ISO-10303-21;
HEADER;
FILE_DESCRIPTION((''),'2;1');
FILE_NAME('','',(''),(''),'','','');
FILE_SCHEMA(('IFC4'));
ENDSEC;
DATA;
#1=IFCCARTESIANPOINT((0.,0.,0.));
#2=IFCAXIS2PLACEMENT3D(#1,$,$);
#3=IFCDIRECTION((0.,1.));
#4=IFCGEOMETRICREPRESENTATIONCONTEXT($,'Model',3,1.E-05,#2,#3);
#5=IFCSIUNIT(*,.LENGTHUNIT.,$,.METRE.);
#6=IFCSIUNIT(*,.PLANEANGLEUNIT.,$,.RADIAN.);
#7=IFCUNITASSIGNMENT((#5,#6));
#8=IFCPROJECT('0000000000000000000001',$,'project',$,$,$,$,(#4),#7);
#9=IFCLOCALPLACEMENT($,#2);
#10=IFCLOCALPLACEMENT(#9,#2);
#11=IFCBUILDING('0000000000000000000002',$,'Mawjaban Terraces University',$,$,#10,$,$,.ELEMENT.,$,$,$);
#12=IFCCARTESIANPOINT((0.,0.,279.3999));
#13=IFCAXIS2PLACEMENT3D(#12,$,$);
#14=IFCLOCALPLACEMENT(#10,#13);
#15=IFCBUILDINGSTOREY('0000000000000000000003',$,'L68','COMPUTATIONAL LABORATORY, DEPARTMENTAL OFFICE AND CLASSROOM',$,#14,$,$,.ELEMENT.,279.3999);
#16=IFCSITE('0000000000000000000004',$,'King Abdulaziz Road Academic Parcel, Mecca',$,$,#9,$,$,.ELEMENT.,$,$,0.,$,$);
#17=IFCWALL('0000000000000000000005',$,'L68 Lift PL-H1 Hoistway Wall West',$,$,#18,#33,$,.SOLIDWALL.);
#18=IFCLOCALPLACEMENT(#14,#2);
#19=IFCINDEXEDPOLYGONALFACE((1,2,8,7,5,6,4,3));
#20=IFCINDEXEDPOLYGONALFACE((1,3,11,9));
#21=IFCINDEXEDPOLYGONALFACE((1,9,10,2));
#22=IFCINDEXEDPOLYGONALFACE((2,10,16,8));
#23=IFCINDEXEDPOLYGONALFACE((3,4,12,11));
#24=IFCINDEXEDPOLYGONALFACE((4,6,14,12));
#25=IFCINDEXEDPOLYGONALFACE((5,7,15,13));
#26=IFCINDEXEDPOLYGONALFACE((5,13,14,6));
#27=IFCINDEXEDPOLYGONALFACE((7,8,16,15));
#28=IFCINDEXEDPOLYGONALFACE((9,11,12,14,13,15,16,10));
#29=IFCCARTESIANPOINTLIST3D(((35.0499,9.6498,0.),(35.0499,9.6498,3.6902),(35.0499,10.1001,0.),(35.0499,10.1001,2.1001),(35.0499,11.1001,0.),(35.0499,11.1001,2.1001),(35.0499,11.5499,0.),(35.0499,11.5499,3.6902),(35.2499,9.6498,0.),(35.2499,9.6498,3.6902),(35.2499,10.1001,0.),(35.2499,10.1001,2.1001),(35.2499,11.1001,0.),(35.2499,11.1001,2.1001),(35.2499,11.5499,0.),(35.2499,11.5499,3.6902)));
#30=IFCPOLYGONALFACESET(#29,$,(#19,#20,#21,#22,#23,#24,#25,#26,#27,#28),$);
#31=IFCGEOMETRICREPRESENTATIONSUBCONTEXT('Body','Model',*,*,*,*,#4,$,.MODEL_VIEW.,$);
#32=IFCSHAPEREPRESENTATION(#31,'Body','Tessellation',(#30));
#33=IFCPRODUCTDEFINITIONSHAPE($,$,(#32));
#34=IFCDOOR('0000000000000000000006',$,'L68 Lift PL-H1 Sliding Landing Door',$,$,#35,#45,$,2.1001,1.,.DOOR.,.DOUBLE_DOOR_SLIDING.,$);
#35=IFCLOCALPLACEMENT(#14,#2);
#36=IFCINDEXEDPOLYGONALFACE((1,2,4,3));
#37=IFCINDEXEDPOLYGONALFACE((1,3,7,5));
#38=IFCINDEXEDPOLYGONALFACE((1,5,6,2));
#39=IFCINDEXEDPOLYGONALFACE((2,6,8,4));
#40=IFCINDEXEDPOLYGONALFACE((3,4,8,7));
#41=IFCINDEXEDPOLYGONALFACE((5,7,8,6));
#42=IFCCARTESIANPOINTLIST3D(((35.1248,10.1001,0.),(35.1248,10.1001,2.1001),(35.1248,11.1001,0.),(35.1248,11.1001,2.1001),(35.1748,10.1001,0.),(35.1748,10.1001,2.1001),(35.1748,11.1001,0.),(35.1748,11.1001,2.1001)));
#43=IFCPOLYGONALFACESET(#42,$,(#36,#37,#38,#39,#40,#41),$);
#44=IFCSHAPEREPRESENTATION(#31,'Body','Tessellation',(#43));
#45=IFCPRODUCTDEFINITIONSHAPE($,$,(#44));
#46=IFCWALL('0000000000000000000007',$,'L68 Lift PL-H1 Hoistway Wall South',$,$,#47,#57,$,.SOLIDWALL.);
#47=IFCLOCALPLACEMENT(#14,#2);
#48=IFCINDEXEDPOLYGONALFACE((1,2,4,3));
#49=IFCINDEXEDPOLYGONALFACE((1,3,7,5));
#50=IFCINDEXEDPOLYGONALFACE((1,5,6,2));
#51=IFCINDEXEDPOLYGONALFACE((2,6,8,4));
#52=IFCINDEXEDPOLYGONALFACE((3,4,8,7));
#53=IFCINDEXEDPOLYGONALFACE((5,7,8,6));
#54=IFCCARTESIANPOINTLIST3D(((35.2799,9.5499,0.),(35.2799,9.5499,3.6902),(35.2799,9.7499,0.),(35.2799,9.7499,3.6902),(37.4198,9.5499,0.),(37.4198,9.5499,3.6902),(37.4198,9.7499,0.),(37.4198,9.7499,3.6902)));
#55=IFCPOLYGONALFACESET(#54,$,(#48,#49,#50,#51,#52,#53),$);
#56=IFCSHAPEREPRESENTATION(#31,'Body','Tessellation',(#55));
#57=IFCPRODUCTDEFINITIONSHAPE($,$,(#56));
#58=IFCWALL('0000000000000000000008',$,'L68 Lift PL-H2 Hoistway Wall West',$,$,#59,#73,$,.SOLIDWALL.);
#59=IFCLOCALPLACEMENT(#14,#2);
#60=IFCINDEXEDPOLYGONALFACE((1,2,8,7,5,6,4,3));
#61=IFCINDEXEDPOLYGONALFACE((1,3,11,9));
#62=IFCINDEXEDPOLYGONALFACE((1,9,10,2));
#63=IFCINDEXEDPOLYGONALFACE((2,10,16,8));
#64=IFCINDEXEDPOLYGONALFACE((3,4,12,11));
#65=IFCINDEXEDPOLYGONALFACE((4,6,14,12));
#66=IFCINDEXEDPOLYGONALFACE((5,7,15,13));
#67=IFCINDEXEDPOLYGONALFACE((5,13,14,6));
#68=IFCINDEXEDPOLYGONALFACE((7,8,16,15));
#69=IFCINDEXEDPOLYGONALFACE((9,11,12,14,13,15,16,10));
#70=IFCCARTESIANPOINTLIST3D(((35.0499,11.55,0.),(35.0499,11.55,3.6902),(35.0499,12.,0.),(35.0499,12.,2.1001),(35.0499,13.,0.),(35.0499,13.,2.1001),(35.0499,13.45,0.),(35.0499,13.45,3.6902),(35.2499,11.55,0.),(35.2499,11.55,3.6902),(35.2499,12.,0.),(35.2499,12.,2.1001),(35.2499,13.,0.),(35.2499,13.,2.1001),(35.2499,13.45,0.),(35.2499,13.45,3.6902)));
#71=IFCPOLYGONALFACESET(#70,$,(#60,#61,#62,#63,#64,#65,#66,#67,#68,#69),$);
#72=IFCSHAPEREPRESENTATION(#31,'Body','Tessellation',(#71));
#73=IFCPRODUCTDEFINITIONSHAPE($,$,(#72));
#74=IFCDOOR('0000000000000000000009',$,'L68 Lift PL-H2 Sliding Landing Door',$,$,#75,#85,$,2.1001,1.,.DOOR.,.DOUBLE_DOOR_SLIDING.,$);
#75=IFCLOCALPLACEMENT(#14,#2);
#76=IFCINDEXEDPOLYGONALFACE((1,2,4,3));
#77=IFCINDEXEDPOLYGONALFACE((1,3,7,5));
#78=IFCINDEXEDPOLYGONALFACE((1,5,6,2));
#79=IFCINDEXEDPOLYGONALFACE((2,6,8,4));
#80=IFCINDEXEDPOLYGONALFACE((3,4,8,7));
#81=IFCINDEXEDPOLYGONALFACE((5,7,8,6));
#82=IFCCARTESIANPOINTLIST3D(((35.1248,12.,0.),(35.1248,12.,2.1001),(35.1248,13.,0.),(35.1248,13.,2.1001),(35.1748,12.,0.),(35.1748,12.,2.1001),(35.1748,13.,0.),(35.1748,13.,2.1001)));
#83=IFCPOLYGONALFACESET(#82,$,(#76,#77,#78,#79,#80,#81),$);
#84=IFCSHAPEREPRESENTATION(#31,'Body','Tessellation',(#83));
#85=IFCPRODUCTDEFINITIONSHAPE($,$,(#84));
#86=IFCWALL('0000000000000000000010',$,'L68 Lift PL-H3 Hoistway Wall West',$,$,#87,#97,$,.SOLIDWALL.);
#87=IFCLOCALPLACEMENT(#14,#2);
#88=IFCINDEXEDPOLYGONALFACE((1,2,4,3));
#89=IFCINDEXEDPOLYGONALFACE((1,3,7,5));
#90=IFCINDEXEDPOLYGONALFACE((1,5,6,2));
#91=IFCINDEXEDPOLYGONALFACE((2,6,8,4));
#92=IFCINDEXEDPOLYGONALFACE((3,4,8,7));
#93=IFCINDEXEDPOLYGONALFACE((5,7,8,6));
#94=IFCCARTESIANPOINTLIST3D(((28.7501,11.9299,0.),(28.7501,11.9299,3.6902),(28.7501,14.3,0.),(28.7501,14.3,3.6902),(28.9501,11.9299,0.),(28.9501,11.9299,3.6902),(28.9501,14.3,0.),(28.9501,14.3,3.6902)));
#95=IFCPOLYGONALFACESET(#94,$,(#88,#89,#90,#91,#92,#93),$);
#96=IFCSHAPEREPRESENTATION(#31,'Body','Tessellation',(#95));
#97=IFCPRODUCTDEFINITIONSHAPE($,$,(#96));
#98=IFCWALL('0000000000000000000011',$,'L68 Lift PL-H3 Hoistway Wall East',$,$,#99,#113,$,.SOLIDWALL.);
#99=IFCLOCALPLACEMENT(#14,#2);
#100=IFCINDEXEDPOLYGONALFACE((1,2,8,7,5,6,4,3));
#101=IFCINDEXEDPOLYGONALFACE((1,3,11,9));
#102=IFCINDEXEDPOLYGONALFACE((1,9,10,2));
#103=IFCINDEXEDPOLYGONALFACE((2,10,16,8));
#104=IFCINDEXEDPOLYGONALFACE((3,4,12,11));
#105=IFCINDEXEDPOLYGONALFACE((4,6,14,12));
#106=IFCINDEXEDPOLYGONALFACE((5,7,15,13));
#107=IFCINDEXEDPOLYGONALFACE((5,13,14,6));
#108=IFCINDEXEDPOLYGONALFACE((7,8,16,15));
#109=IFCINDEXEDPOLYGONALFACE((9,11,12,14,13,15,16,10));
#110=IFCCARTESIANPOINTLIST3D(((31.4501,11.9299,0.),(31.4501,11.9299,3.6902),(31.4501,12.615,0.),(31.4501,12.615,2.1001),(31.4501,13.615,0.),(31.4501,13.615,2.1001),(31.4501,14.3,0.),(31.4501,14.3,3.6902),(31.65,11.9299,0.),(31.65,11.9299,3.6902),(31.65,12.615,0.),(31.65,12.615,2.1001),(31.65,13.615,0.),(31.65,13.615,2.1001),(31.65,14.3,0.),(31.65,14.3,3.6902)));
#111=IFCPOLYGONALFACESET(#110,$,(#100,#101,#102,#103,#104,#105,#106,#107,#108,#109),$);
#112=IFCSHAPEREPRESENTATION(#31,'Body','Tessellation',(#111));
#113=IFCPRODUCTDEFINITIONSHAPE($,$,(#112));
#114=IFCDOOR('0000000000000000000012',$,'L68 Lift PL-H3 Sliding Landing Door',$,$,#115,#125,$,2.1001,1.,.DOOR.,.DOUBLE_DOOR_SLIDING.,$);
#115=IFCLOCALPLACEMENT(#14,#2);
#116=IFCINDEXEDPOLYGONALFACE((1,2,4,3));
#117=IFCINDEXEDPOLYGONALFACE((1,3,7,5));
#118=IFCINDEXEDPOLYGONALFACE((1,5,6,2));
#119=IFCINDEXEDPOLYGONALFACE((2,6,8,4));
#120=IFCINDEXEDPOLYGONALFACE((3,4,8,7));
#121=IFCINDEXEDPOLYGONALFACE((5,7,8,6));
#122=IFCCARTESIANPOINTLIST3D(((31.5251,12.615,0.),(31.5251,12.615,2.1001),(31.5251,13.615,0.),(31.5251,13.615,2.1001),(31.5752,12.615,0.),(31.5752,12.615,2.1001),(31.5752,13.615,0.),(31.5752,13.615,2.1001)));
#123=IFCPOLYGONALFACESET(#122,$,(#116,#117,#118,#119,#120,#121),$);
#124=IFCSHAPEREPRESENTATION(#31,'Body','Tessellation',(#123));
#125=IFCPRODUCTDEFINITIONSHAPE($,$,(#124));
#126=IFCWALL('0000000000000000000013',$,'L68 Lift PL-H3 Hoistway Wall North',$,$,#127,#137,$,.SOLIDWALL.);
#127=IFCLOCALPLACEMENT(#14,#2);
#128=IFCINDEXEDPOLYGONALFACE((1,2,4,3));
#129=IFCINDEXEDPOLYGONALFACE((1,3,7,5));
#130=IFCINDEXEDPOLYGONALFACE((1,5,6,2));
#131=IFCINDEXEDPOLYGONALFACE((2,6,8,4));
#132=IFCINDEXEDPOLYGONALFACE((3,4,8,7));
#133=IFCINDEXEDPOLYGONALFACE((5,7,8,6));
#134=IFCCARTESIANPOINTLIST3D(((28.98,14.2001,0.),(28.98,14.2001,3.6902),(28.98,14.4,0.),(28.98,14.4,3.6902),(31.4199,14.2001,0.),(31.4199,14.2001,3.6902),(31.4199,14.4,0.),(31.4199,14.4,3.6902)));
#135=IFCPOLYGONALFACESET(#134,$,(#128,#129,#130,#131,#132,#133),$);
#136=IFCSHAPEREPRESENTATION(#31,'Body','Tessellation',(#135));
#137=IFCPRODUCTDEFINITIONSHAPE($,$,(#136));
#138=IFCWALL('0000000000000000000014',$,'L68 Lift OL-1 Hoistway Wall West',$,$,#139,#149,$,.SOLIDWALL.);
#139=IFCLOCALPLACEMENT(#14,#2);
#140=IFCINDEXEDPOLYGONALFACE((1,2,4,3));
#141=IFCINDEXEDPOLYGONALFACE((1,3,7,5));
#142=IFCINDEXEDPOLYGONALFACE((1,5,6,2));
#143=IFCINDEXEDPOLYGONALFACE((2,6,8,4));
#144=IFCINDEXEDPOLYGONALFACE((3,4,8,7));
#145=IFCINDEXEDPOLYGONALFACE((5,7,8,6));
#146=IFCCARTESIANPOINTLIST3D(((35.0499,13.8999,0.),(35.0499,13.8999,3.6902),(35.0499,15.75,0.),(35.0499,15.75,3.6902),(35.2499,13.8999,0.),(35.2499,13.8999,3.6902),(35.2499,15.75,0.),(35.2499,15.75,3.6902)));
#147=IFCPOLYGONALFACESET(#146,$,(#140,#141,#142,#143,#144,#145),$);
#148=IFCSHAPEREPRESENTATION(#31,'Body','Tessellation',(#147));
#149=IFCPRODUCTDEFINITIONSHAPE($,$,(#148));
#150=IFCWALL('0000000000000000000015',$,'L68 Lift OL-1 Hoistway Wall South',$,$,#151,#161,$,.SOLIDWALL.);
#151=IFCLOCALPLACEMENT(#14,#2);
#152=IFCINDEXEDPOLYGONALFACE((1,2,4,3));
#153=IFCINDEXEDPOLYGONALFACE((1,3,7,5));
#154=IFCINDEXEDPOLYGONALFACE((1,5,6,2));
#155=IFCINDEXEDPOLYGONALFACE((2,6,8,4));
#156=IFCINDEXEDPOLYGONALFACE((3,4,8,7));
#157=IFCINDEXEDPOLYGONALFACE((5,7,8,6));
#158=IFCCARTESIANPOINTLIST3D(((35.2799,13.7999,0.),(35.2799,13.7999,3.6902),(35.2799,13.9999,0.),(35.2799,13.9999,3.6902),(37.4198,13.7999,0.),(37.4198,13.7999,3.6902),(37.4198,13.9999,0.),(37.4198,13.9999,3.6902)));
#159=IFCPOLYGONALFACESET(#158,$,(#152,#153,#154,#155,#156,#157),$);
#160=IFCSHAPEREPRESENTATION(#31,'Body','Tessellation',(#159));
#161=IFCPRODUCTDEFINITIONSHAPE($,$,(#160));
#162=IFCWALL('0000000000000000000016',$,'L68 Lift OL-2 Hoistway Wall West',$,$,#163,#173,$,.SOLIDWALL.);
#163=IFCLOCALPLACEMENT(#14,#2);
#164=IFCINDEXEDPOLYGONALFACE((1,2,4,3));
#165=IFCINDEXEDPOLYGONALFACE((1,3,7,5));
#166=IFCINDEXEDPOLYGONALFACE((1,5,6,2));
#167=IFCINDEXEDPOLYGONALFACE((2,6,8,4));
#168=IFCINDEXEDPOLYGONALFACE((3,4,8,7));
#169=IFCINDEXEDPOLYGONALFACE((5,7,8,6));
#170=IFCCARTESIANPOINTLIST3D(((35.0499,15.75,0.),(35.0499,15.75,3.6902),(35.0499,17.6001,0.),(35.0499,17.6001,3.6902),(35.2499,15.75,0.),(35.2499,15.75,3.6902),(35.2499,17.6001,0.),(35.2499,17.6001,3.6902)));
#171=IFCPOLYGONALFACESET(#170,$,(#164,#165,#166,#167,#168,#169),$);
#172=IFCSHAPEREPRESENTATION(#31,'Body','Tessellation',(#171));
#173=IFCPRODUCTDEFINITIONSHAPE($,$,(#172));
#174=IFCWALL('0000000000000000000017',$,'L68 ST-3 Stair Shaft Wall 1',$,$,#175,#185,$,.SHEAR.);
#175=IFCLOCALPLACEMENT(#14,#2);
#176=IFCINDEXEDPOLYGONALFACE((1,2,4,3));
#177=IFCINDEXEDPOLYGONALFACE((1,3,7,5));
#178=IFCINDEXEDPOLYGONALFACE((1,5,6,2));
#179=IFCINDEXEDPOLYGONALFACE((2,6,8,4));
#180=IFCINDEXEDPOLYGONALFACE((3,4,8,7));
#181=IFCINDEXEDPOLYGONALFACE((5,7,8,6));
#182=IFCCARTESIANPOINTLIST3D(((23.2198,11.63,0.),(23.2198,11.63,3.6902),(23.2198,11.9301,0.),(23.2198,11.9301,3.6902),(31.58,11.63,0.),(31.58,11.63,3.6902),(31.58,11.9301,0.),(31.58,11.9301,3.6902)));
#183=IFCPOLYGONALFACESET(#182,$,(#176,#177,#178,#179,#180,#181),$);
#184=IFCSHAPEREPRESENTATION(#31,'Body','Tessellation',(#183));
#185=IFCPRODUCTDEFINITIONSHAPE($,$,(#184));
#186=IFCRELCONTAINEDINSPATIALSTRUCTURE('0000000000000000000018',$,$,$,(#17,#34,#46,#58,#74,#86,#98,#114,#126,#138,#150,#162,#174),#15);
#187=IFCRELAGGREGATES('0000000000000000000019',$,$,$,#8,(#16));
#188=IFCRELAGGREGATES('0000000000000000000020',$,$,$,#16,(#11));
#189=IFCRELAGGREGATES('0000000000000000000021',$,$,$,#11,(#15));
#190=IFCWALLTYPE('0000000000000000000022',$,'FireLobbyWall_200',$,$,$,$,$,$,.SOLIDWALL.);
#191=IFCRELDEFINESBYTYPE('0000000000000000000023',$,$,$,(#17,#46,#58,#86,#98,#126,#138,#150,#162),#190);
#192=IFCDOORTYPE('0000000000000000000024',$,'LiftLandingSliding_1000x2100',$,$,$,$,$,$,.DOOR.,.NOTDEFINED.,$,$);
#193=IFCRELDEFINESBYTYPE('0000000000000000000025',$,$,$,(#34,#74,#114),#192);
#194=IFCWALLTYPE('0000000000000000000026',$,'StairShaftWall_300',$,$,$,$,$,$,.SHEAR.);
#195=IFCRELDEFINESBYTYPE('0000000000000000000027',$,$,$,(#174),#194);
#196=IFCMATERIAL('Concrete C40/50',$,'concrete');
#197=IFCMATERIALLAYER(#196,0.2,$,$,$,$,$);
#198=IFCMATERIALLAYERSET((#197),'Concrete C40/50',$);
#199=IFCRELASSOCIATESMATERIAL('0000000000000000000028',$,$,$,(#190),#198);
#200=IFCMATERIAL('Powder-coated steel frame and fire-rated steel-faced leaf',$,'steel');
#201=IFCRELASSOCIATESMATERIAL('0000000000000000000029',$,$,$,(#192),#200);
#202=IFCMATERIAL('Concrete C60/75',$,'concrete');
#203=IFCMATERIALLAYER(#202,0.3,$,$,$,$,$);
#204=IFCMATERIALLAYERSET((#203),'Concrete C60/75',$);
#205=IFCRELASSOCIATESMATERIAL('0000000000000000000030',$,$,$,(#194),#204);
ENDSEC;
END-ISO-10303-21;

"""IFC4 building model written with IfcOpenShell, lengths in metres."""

from ifc_helpers import new_model, si_unit, direction, frame, frame_2d, origin, place, context, subcontext, project, spatial, rectangle, extrude, material, layer, layer_set, type_object, element, fill, save


model = new_model("IFC4")

# Units and contexts
model_context = context("Model", 3, precision=1e-05, world=origin(), true_north=direction((0.0, 1.0)))
body_context = subcontext(model_context, "Body", "Model", "MODEL_VIEW")
ifc_project = project(units=[si_unit("LENGTHUNIT", "METRE"), si_unit("PLANEANGLEUNIT", "RADIAN")], contexts=[model_context])

# Site, building, storey
site_placement = place(None, origin())
site = spatial("IfcSite", under=ifc_project, at=site_placement, Name="King Abdulaziz Road Academic Parcel, Mecca", CompositionType="ELEMENT", RefElevation=0.0)
building_placement = place(site_placement, origin())
building = spatial("IfcBuilding", under=site, at=building_placement, Name="Mawjaban Terraces University", CompositionType="ELEMENT")
storey_placement = place(building_placement, frame((0.0, 0.0, 279.3999)))
storey = spatial("IfcBuildingStorey", under=building, at=storey_placement, Name="L68", Description="COMPUTATIONAL LABORATORY, DEPARTMENTAL OFFICE AND CLASSROOM", CompositionType="ELEMENT", Elevation=279.3999)

# Wall, opening, door
ifc_material_1 = material(Name="Concrete C40/50", Category="concrete")
ifc_layer_1 = layer(ifc_material_1, 0.2)
ifc_layer_set_1 = layer_set([ifc_layer_1], Name="Concrete C40/50")
wall_type_1 = type_object("IfcWallType", Name="FireLobbyWall_200", PredefinedType="SOLIDWALL", material=ifc_layer_set_1)
wall_1_placement = place(storey_placement, frame((35.1499, 11.55, 0.0), z_axis=(0.0, 0.0, 1.0), x_axis=(0.0, -1.0, 0.0)))
wall_1 = element("IfcWall", 1, at=wall_1_placement, inside=storey, type_object=wall_type_1, Name="L68 Lift PL-H1 Hoistway Wall West", PredefinedType="SOLIDWALL", context=body_context, shape_type="SweptSolid", body=[
    extrude(rectangle(XDim=1.9001, YDim=0.2, at=frame_2d((0.9502, 0.0))), origin(), (0.0, 0.0, 1.0), 3.6902),
])
opening_1_placement = place(wall_1_placement, frame((0.45, 0.0, 0.0)))
opening_1 = element("IfcOpeningElement", 2, at=opening_1_placement, cuts=wall_1, PredefinedType="OPENING", context=body_context, shape_type="SweptSolid", body=[
    extrude(rectangle(XDim=1.0, YDim=2.1001, at=frame_2d((0.5, 1.05))), frame((0.0, 0.1099, 0.0), z_axis=(0.0, -1.0, 0.0), x_axis=(1.0, 0.0, 0.0)), (0.0, 0.0, 1.0), 0.22),
])
ifc_material_2 = material(Name="Powder-coated steel frame and fire-rated steel-faced leaf", Category="steel")
door_type_1 = type_object("IfcDoorType", Name="LiftLandingSliding_1000x2100", OperationType="NOTDEFINED", PredefinedType="DOOR", material=ifc_material_2)
door_1_placement = place(opening_1_placement, origin())
door_1 = element("IfcDoor", 3, at=door_1_placement, inside=storey, type_object=door_type_1, Name="L68 Lift PL-H1 Sliding Landing Door", OperationType="DOUBLE_DOOR_SLIDING", OverallHeight=2.1001, OverallWidth=1.0, PredefinedType="DOOR", context=body_context, shape_type="SweptSolid", body=[
    extrude(rectangle(XDim=1.0, YDim=2.1001, at=frame_2d((0.5, 1.05))), frame((0.0, 0.0249, 0.0), z_axis=(0.0, -1.0, 0.0), x_axis=(1.0, 0.0, 0.0)), (0.0, 0.0, 1.0), 0.05),
])
fill(opening_1, door_1)

# Wall
wall_2_placement = place(storey_placement, frame((35.28, 9.6499, 0.0), z_axis=(0.0, 0.0, 1.0), x_axis=(1.0, 0.0, 0.0)))
element("IfcWall", 4, at=wall_2_placement, inside=storey, type_object=wall_type_1, Name="L68 Lift PL-H1 Hoistway Wall South", PredefinedType="SOLIDWALL", context=body_context, shape_type="SweptSolid", body=[
    extrude(rectangle(XDim=2.1399, YDim=0.2, at=frame_2d((1.0698, 0.0))), origin(), (0.0, 0.0, 1.0), 3.6902),
])

# Wall, opening, door
wall_3_placement = place(storey_placement, frame((35.1499, 13.45, 0.0), z_axis=(0.0, 0.0, 1.0), x_axis=(0.0, -1.0, 0.0)))
wall_3 = element("IfcWall", 5, at=wall_3_placement, inside=storey, type_object=wall_type_1, Name="L68 Lift PL-H2 Hoistway Wall West", PredefinedType="SOLIDWALL", context=body_context, shape_type="SweptSolid", body=[
    extrude(rectangle(XDim=1.8999, YDim=0.2, at=frame_2d((0.95, 0.0))), origin(), (0.0, 0.0, 1.0), 3.6902),
])
opening_2_placement = place(wall_3_placement, frame((0.45, 0.0, 0.0)))
opening_2 = element("IfcOpeningElement", 6, at=opening_2_placement, cuts=wall_3, PredefinedType="OPENING", context=body_context, shape_type="SweptSolid", body=[
    extrude(rectangle(XDim=1.0, YDim=2.1001, at=frame_2d((0.5, 1.05))), frame((0.0, 0.1099, 0.0), z_axis=(0.0, -1.0, 0.0), x_axis=(1.0, 0.0, 0.0)), (0.0, 0.0, 1.0), 0.22),
])
door_2_placement = place(opening_2_placement, origin())
door_2 = element("IfcDoor", 7, at=door_2_placement, inside=storey, type_object=door_type_1, Name="L68 Lift PL-H2 Sliding Landing Door", OperationType="DOUBLE_DOOR_SLIDING", OverallHeight=2.1001, OverallWidth=1.0, PredefinedType="DOOR", context=body_context, shape_type="SweptSolid", body=[
    extrude(rectangle(XDim=1.0, YDim=2.1001, at=frame_2d((0.5, 1.05))), frame((0.0, 0.0249, 0.0), z_axis=(0.0, -1.0, 0.0), x_axis=(1.0, 0.0, 0.0)), (0.0, 0.0, 1.0), 0.05),
])
fill(opening_2, door_2)

# Wall
wall_4_placement = place(storey_placement, frame((28.8501, 14.3, 0.0), z_axis=(0.0, 0.0, 1.0), x_axis=(0.0, -1.0, 0.0)))
element("IfcWall", 8, at=wall_4_placement, inside=storey, type_object=wall_type_1, Name="L68 Lift PL-H3 Hoistway Wall West", PredefinedType="SOLIDWALL", context=body_context, shape_type="SweptSolid", body=[
    extrude(rectangle(XDim=2.3701, YDim=0.2, at=frame_2d((1.1851, 0.0))), origin(), (0.0, 0.0, 1.0), 3.6902),
])

# Wall, opening, door
wall_5_placement = place(storey_placement, frame((31.55, 11.9299, 0.0), z_axis=(0.0, 0.0, 1.0), x_axis=(0.0, 1.0, 0.0)))
wall_5 = element("IfcWall", 9, at=wall_5_placement, inside=storey, type_object=wall_type_1, Name="L68 Lift PL-H3 Hoistway Wall East", PredefinedType="SOLIDWALL", context=body_context, shape_type="SweptSolid", body=[
    extrude(rectangle(XDim=2.3701, YDim=0.2, at=frame_2d((1.1851, 0.0))), origin(), (0.0, 0.0, 1.0), 3.6902),
])
opening_3_placement = place(wall_5_placement, frame((0.6851, 0.0, 0.0)))
opening_3 = element("IfcOpeningElement", 10, at=opening_3_placement, cuts=wall_5, PredefinedType="OPENING", context=body_context, shape_type="SweptSolid", body=[
    extrude(rectangle(XDim=1.0, YDim=2.1001, at=frame_2d((0.5, 1.05))), frame((0.0, 0.1099, 0.0), z_axis=(0.0, -1.0, 0.0), x_axis=(1.0, 0.0, 0.0)), (0.0, 0.0, 1.0), 0.22),
])
door_3_placement = place(opening_3_placement, origin())
door_3 = element("IfcDoor", 11, at=door_3_placement, inside=storey, type_object=door_type_1, Name="L68 Lift PL-H3 Sliding Landing Door", OperationType="DOUBLE_DOOR_SLIDING", OverallHeight=2.1001, OverallWidth=1.0, PredefinedType="DOOR", context=body_context, shape_type="SweptSolid", body=[
    extrude(rectangle(XDim=1.0, YDim=2.1001, at=frame_2d((0.5, 1.05))), frame((0.0, 0.0249, 0.0), z_axis=(0.0, -1.0, 0.0), x_axis=(1.0, 0.0, 0.0)), (0.0, 0.0, 1.0), 0.05),
])
fill(opening_3, door_3)

# Walls
wall_6_placement = place(storey_placement, frame((31.4199, 14.3, 0.0), z_axis=(0.0, 0.0, 1.0), x_axis=(-1.0, 0.0, 0.0)))
element("IfcWall", 12, at=wall_6_placement, inside=storey, type_object=wall_type_1, Name="L68 Lift PL-H3 Hoistway Wall North", PredefinedType="SOLIDWALL", context=body_context, shape_type="SweptSolid", body=[
    extrude(rectangle(XDim=2.4399, YDim=0.2, at=frame_2d((1.22, 0.0))), origin(), (0.0, 0.0, 1.0), 3.6902),
])
wall_7_placement = place(storey_placement, frame((35.1499, 15.75, 0.0), z_axis=(0.0, 0.0, 1.0), x_axis=(0.0, -1.0, 0.0)))
element("IfcWall", 13, at=wall_7_placement, inside=storey, type_object=wall_type_1, Name="L68 Lift OL-1 Hoistway Wall West", PredefinedType="SOLIDWALL", context=body_context, shape_type="SweptSolid", body=[
    extrude(rectangle(XDim=1.8501, YDim=0.2, at=frame_2d((0.925, 0.0))), origin(), (0.0, 0.0, 1.0), 3.6902),
])
wall_8_placement = place(storey_placement, frame((35.28, 13.8999, 0.0), z_axis=(0.0, 0.0, 1.0), x_axis=(1.0, 0.0, 0.0)))
element("IfcWall", 14, at=wall_8_placement, inside=storey, type_object=wall_type_1, Name="L68 Lift OL-1 Hoistway Wall South", PredefinedType="SOLIDWALL", context=body_context, shape_type="SweptSolid", body=[
    extrude(rectangle(XDim=2.1399, YDim=0.2, at=frame_2d((1.0698, 0.0))), origin(), (0.0, 0.0, 1.0), 3.6902),
])
wall_9_placement = place(storey_placement, frame((35.1499, 17.6001, 0.0), z_axis=(0.0, 0.0, 1.0), x_axis=(0.0, -1.0, 0.0)))
element("IfcWall", 15, at=wall_9_placement, inside=storey, type_object=wall_type_1, Name="L68 Lift OL-2 Hoistway Wall West", PredefinedType="SOLIDWALL", context=body_context, shape_type="SweptSolid", body=[
    extrude(rectangle(XDim=1.8501, YDim=0.2, at=frame_2d((0.925, 0.0))), origin(), (0.0, 0.0, 1.0), 3.6902),
])

# Shared definitions
ifc_material_3 = material(Name="Concrete C60/75", Category="concrete")
ifc_layer_2 = layer(ifc_material_3, 0.3)
ifc_layer_set_2 = layer_set([ifc_layer_2], Name="Concrete C60/75")
wall_type_2 = type_object("IfcWallType", Name="StairShaftWall_300", PredefinedType="SHEAR", material=ifc_layer_set_2)

# Wall
wall_10_placement = place(storey_placement, frame((31.5801, 11.78, 0.0), z_axis=(0.0, 0.0, 1.0), x_axis=(-1.0, 0.0, 0.0)))
element("IfcWall", 16, at=wall_10_placement, inside=storey, type_object=wall_type_2, Name="L68 ST-3 Stair Shaft Wall 1", PredefinedType="SHEAR", context=body_context, shape_type="SweptSolid", body=[
    extrude(rectangle(XDim=8.3601, YDim=0.3, at=frame_2d((4.1802, 0.0))), origin(), (0.0, 0.0, 1.0), 3.6902),
])

save(model, "model.ifc")
